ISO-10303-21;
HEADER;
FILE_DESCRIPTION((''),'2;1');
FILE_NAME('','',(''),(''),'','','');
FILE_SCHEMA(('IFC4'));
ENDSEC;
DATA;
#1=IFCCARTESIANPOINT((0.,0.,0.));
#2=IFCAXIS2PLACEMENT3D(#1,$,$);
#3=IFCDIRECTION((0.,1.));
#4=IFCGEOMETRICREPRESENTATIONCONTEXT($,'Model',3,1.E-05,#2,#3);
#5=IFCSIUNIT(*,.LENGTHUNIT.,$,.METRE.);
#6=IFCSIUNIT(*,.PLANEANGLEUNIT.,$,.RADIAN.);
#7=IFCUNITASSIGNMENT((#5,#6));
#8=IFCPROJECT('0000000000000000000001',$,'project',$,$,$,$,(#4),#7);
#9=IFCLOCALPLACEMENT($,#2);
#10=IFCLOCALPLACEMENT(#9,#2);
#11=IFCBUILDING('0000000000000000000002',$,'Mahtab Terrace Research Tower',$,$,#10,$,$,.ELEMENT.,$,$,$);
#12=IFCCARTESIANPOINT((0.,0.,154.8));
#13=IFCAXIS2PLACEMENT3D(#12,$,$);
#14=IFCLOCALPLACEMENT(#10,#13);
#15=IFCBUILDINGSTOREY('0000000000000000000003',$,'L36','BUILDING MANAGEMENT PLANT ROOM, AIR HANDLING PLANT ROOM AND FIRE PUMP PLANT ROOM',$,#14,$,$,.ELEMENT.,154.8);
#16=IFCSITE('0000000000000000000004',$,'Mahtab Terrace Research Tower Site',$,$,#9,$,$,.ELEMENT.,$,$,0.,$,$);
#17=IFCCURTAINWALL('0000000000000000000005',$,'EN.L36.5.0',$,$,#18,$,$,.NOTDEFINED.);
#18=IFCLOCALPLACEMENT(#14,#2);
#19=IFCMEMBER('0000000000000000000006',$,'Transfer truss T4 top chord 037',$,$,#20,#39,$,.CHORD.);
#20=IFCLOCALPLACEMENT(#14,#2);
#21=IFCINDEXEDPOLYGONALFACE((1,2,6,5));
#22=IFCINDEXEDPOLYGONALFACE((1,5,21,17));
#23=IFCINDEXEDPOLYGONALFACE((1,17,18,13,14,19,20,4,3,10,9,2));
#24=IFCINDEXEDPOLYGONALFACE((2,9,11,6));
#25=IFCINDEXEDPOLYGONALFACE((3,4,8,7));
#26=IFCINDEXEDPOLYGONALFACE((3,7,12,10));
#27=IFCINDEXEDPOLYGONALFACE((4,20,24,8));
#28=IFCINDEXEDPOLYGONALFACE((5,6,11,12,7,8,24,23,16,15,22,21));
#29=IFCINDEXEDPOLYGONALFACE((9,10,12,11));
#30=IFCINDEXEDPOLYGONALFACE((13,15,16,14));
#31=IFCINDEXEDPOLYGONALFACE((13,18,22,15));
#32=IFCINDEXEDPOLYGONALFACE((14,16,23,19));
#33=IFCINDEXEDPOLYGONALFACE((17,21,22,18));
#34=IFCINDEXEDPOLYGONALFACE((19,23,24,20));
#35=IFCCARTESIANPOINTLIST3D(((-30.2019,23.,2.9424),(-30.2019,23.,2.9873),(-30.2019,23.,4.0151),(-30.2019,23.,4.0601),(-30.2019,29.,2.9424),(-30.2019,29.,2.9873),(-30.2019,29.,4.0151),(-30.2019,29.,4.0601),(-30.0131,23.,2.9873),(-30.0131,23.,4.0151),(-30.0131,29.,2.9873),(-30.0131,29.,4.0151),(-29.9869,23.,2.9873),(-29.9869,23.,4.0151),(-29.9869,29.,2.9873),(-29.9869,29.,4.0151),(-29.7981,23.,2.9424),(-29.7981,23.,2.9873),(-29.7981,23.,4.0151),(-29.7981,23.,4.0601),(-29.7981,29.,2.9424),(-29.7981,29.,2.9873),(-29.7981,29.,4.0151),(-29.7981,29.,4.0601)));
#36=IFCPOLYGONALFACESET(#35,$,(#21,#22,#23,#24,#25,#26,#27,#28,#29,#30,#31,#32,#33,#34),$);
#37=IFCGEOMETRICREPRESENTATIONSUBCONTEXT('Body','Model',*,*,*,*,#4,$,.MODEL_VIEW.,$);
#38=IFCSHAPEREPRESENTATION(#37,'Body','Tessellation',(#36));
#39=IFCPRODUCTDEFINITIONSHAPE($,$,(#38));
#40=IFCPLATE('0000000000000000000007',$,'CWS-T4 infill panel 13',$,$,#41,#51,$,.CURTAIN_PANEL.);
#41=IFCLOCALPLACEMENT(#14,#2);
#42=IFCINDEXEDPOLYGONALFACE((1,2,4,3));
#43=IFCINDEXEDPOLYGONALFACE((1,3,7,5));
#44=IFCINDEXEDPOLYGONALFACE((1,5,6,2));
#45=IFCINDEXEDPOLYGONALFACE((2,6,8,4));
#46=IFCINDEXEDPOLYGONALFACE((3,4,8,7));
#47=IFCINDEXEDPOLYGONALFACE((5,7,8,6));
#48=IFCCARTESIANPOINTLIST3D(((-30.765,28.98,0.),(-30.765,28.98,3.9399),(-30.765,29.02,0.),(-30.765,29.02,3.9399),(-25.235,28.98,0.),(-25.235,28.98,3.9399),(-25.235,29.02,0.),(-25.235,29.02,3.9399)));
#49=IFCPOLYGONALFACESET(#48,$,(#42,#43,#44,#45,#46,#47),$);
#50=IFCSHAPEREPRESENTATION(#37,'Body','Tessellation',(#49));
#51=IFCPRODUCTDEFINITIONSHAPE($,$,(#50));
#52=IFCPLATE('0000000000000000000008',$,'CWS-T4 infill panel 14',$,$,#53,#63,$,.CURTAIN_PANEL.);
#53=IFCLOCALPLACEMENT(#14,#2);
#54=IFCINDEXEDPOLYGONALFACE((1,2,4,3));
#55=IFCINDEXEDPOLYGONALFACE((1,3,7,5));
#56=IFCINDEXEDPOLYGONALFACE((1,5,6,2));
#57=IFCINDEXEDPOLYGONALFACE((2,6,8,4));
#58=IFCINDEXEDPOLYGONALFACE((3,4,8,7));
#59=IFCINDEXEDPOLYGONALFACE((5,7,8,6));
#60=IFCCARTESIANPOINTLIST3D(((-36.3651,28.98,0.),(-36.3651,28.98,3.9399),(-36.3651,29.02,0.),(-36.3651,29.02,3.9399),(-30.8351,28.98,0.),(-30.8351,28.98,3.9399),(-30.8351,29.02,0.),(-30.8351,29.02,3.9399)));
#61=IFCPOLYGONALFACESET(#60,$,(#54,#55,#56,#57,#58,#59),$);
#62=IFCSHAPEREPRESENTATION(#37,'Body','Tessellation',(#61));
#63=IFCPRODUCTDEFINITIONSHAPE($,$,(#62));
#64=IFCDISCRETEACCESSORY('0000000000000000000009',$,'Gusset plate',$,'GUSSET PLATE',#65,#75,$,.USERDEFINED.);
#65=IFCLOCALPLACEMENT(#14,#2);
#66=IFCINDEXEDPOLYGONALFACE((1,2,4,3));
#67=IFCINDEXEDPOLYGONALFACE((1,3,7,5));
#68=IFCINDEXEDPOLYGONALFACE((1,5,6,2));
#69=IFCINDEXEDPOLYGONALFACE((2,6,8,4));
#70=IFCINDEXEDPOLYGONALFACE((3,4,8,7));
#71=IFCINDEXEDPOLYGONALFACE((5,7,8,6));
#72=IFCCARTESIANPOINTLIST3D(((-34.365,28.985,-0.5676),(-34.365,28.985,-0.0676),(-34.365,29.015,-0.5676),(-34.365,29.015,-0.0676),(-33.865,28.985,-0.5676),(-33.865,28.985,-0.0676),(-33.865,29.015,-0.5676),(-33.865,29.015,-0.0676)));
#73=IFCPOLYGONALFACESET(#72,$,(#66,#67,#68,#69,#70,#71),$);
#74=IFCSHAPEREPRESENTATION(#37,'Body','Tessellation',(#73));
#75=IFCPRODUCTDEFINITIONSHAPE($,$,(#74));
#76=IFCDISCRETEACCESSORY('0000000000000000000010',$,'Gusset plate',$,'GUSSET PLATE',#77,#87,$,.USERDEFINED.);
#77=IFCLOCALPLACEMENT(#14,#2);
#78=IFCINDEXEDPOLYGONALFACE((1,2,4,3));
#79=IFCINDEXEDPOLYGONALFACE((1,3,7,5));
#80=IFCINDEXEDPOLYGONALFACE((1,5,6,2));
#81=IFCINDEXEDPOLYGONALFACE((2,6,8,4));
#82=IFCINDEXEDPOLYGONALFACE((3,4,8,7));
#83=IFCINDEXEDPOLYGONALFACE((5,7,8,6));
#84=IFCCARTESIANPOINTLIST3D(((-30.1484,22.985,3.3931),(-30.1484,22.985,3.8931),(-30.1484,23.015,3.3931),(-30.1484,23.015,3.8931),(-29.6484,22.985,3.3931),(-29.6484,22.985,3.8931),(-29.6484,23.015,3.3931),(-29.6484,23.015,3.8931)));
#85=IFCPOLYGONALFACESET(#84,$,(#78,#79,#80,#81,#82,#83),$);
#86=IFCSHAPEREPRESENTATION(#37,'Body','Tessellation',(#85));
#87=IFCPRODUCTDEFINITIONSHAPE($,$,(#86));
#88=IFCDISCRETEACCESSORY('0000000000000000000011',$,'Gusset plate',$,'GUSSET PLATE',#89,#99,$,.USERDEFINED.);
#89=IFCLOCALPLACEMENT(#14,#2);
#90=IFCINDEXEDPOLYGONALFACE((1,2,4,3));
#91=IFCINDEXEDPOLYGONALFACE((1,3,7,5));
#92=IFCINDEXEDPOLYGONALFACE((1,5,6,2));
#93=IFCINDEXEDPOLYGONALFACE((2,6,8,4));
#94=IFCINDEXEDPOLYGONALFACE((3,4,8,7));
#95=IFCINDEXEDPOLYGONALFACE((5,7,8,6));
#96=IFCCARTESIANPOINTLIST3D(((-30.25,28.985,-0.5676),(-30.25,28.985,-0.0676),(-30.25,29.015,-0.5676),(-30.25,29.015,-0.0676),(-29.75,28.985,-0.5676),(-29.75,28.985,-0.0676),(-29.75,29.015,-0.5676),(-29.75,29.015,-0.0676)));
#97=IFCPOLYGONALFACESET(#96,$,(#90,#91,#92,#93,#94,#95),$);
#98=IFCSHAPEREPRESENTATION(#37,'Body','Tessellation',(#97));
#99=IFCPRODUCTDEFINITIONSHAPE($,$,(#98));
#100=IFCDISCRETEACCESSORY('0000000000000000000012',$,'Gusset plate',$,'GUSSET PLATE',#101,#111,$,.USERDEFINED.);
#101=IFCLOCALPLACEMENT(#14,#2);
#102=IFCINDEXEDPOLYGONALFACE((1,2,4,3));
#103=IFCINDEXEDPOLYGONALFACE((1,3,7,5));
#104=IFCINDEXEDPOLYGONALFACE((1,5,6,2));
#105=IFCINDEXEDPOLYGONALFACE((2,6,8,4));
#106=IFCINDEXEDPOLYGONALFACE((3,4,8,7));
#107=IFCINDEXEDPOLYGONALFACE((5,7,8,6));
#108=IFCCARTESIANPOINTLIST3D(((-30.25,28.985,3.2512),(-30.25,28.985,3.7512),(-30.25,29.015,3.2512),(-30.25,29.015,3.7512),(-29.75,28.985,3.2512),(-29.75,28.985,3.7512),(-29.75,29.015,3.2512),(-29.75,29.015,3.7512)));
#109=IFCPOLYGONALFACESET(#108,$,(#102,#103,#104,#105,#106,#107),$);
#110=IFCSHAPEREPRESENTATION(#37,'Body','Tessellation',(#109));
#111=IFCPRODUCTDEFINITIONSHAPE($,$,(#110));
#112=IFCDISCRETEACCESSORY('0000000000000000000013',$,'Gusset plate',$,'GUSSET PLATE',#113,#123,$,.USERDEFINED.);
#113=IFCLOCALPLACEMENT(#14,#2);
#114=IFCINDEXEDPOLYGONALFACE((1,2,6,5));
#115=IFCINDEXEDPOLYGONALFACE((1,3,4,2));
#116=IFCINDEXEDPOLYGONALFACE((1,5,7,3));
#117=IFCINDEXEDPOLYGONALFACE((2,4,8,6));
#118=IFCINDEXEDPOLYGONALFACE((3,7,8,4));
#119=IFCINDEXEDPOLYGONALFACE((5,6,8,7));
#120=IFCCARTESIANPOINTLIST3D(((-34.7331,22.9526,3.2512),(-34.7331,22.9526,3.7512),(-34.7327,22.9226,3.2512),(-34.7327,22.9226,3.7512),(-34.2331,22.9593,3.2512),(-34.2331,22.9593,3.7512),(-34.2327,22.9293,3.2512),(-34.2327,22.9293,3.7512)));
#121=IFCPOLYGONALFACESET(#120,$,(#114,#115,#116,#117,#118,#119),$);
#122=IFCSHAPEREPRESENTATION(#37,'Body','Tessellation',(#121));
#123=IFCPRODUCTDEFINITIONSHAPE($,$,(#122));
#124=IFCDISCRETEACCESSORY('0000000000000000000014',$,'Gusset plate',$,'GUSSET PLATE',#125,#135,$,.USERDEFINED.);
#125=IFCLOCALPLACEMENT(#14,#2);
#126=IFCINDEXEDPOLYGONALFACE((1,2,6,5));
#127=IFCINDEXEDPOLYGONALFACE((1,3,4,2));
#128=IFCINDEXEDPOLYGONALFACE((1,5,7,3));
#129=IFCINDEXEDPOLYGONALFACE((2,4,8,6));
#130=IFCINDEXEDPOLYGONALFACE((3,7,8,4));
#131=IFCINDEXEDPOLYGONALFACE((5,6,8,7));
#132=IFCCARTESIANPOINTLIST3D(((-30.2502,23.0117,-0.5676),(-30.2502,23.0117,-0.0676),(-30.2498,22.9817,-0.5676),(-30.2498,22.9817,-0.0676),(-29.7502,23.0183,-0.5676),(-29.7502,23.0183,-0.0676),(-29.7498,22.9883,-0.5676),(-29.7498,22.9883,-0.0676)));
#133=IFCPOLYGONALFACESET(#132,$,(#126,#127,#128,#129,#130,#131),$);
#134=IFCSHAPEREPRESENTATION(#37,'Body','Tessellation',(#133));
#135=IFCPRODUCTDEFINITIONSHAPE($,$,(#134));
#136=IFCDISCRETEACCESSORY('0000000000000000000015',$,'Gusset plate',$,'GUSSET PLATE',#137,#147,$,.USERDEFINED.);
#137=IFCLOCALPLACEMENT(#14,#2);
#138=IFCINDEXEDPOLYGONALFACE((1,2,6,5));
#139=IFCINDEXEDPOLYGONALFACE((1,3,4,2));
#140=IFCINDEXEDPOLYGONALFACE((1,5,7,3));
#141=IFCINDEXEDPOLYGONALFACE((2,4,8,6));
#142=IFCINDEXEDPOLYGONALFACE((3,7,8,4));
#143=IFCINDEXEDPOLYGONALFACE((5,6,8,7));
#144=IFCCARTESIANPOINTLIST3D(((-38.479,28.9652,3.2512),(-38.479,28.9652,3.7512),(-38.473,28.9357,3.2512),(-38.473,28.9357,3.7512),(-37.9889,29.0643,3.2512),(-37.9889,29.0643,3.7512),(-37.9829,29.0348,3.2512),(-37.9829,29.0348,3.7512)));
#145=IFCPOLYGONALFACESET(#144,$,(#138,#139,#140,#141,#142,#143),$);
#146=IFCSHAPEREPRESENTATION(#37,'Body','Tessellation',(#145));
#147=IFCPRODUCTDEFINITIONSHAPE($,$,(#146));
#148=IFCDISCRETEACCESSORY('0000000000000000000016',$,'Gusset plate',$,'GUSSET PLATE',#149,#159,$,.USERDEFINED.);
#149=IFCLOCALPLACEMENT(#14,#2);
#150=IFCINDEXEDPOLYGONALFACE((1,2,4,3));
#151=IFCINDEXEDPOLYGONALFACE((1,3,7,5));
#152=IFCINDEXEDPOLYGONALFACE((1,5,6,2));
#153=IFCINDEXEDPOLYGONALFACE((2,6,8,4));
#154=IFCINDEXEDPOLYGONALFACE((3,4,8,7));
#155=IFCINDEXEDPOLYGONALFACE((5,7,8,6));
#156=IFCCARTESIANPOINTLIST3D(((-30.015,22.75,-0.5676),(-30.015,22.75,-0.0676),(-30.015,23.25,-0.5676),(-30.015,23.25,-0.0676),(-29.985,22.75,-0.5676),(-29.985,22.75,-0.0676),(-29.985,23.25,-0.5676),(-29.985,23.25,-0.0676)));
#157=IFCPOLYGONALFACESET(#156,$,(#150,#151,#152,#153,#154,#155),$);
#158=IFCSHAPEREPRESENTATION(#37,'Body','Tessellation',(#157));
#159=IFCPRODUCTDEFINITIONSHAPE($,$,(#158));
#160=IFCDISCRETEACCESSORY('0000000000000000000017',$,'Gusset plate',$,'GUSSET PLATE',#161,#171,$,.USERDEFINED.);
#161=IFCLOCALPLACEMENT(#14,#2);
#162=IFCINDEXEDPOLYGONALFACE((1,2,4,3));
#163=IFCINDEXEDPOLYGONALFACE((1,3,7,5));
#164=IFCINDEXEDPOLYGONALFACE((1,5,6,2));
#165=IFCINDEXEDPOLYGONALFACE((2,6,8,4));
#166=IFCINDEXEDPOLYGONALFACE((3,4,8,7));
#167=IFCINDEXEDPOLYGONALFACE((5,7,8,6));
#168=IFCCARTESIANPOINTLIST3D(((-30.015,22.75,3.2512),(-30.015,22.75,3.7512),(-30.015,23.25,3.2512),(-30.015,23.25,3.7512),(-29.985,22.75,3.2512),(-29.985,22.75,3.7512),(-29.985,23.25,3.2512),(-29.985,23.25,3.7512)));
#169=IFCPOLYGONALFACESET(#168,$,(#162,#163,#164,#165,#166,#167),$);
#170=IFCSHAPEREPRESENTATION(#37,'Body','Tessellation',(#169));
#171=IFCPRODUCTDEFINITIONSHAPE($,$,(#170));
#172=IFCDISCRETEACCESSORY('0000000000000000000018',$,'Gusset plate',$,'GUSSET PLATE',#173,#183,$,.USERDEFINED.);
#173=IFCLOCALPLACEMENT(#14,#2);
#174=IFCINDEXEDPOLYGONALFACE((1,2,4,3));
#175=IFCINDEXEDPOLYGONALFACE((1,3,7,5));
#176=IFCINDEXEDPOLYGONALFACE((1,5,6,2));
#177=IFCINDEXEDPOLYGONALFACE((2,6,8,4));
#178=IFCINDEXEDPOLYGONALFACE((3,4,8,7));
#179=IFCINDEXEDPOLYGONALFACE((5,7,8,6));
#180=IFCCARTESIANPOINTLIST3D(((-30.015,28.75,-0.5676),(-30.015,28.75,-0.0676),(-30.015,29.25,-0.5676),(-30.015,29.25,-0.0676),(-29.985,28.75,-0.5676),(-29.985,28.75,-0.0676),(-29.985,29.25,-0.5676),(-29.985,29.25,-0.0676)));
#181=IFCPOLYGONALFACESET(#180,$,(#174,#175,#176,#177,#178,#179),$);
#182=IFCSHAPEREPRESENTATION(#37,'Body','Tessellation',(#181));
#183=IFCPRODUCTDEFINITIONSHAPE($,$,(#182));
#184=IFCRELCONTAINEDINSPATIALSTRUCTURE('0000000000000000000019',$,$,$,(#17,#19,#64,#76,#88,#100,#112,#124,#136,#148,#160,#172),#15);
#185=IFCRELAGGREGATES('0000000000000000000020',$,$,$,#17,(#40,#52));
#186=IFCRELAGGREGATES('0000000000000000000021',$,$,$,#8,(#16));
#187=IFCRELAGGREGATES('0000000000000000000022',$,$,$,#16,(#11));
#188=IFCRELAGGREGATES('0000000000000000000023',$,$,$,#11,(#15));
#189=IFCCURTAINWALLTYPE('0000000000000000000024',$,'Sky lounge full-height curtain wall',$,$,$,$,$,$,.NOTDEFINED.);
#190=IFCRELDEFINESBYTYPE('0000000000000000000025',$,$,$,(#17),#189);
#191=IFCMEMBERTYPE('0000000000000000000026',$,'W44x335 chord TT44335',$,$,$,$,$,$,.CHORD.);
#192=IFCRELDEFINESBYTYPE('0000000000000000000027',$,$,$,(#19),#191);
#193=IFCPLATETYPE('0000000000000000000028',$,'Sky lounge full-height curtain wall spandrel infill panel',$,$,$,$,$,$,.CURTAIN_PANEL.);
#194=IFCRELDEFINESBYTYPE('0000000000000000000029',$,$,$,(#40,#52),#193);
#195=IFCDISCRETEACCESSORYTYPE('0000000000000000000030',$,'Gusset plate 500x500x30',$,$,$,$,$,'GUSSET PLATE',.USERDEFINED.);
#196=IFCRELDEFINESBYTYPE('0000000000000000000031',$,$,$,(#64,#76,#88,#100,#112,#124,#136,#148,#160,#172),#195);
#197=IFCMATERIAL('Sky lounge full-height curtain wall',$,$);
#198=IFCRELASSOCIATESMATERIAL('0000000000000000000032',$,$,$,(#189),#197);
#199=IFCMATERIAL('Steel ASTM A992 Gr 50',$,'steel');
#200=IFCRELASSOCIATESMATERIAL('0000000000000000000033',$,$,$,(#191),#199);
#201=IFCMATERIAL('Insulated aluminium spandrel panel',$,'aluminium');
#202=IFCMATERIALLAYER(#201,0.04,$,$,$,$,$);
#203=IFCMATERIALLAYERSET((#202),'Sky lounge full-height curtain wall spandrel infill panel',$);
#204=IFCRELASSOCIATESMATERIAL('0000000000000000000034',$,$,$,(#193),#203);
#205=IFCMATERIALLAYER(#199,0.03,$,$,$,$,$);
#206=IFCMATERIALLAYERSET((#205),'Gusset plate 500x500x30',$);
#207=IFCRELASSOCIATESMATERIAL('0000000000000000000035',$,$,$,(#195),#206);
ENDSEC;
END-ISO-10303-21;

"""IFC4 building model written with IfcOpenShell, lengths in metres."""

from ifc_helpers import new_model, si_unit, direction, frame, origin, origin_2d, place, context, subcontext, project, spatial, rectangle, i_section, extrude, material, layer, layer_set, material_profile, profile_set, type_object, element, aggregate, save


model = new_model("IFC4")

# Units and contexts
model_context = context("Model", 3, precision=1e-05, world=origin(), true_north=direction((0.0, 1.0)))
body_context = subcontext(model_context, "Body", "Model", "MODEL_VIEW")
ifc_project = project(units=[si_unit("LENGTHUNIT", "METRE"), si_unit("PLANEANGLEUNIT", "RADIAN")], contexts=[model_context])

# Site, building, storey
site_placement = place(None, origin())
site = spatial("IfcSite", under=ifc_project, at=site_placement, Name="Mahtab Terrace Research Tower Site", CompositionType="ELEMENT", RefElevation=0.0)
building_placement = place(site_placement, origin())
building = spatial("IfcBuilding", under=site, at=building_placement, Name="Mahtab Terrace Research Tower", CompositionType="ELEMENT")
storey_placement = place(building_placement, frame((0.0, 0.0, 154.8)))
storey = spatial("IfcBuildingStorey", under=building, at=storey_placement, Name="L36", Description="BUILDING MANAGEMENT PLANT ROOM, AIR HANDLING PLANT ROOM AND FIRE PUMP PLANT ROOM", CompositionType="ELEMENT", Elevation=154.8)

# Shared definitions
ifc_material_1 = material(Name="Steel ASTM A992 Gr 50", Category="steel")

# Curtain wall
ifc_material_2 = material(Name="Sky lounge full-height curtain wall")
curtain_wall_type = type_object("IfcCurtainWallType", Name="Sky lounge full-height curtain wall", PredefinedType="NOTDEFINED", material=ifc_material_2)
curtain_wall_placement = place(storey_placement, origin())
curtain_wall = element("IfcCurtainWall", 1, at=curtain_wall_placement, inside=storey, type_object=curtain_wall_type, Name="EN.L36.5.0", PredefinedType="NOTDEFINED")

# Member
ifc_material_profile_1 = material_profile(ifc_material_1, i_section(OverallWidth=0.4038, OverallDepth=1.1177, WebThickness=0.0261, FlangeThickness=0.0449, at=origin_2d()), Name="W44X335")
ifc_profile_set_1 = profile_set([ifc_material_profile_1], Name="Steel ASTM A992 Gr 50")
member_type_1 = type_object("IfcMemberType", Name="W44x335 chord TT44335", PredefinedType="CHORD", material=ifc_profile_set_1)
member_1_placement = place(storey_placement, frame((-30.0, 23.0, 3.5012), z_axis=(0.0, 1.0, 0.0), x_axis=(-1.0, 0.0, 0.0)))
element("IfcMember", 2, at=member_1_placement, inside=storey, type_object=member_type_1, Name="Transfer truss T4 top chord 037", PredefinedType="CHORD", context=body_context, shape_type="SweptSolid", body=[
    extrude(i_section(OverallWidth=0.4038, OverallDepth=1.1177, WebThickness=0.0261, FlangeThickness=0.0449, at=origin_2d()), origin(), (0.0, 0.0, 1.0), 6.0),
])

# Plates
ifc_material_3 = material(Name="Insulated aluminium spandrel panel", Category="aluminium")
ifc_layer_1 = layer(ifc_material_3, 0.04)
ifc_layer_set_1 = layer_set([ifc_layer_1], Name="Sky lounge full-height curtain wall spandrel infill panel")
plate_type = type_object("IfcPlateType", Name="Sky lounge full-height curtain wall spandrel infill panel", PredefinedType="CURTAIN_PANEL", material=ifc_layer_set_1)
plate_1_placement = place(storey_placement, frame((-28.0, 29.0, 0.0), z_axis=(0.0, 0.0, 1.0), x_axis=(-1.0, 0.0, 0.0)))
plate_1 = element("IfcPlate", 3, at=plate_1_placement, type_object=plate_type, Name="CWS-T4 infill panel 13", PredefinedType="CURTAIN_PANEL", context=body_context, shape_type="SweptSolid", body=[
    extrude(rectangle(XDim=5.53, YDim=0.04, at=origin_2d()), origin(), (0.0, 0.0, 1.0), 3.9399),
])
plate_2_placement = place(storey_placement, frame((-33.6001, 29.0, 0.0), z_axis=(0.0, 0.0, 1.0), x_axis=(-1.0, 0.0, 0.0)))
plate_2 = element("IfcPlate", 4, at=plate_2_placement, type_object=plate_type, Name="CWS-T4 infill panel 14", PredefinedType="CURTAIN_PANEL", context=body_context, shape_type="SweptSolid", body=[
    extrude(rectangle(XDim=5.53, YDim=0.04, at=origin_2d()), origin(), (0.0, 0.0, 1.0), 3.9399),
])
aggregate(curtain_wall, [plate_1, plate_2])

# Discrete accessories
ifc_layer_2 = layer(ifc_material_1, 0.03)
ifc_layer_set_2 = layer_set([ifc_layer_2], Name="Gusset plate 500x500x30")
discrete_accessory_type = type_object("IfcDiscreteAccessoryType", Name="Gusset plate 500x500x30", ElementType="GUSSET PLATE", PredefinedType="USERDEFINED", material=ifc_layer_set_2)
for number, where, z_axis, x_axis, name in (
    (5, (-34.115, 29.0, -0.5676), (0.0, 0.0, 1.0), (1.0, 0.0, 0.0), "Gusset plate"),
    (6, (-29.8984, 23.0, 3.3931), (0.0, 0.0, 1.0), (1.0, 0.0, 0.0), "Gusset plate"),
    (7, (-30.0, 29.0, -0.5676), (0.0, 0.0, 1.0), (1.0, 0.0, 0.0), "Gusset plate"),
    (8, (-30.0, 29.0, 3.2512), (0.0, 0.0, 1.0), (1.0, 0.0, 0.0), "Gusset plate"),
    (9, (-34.4829, 22.9409, 3.2512), (0.0, 0.0, 1.0), (0.99991, 0.013386, 0.0), "Gusset plate"),
    (10, (-30.0, 23.0, -0.5676), (0.0, 0.0, 1.0), (0.999913, 0.013159, 0.0), "Gusset plate"),
    (11, (-38.231, 29.0, 3.2512), (0.0, 0.0, 1.0), (0.980154, 0.198239, 0.0), "Gusset plate"),
    (12, (-30.0, 23.0, -0.5676), (0.0, 0.0, 1.0), (0.0, 1.0, 0.0), "Gusset plate"),
    (13, (-30.0, 23.0, 3.2512), (0.0, 0.0, 1.0), (0.0, 1.0, 0.0), "Gusset plate"),
    (14, (-30.0, 29.0, -0.5676), (0.0, 0.0, 1.0), (0.0, 1.0, 0.0), "Gusset plate"),
):
    element("IfcDiscreteAccessory", number, at=place(storey_placement, frame(where, z_axis=z_axis, x_axis=x_axis)), inside=storey, type_object=discrete_accessory_type, Name=name, ObjectType="GUSSET PLATE", PredefinedType="USERDEFINED", context=body_context, shape_type="SweptSolid", body=[
        extrude(rectangle(XDim=0.5, YDim=0.03, at=origin_2d()), origin(), (0.0, 0.0, 1.0), 0.5),
    ])

save(model, "model.ifc")
